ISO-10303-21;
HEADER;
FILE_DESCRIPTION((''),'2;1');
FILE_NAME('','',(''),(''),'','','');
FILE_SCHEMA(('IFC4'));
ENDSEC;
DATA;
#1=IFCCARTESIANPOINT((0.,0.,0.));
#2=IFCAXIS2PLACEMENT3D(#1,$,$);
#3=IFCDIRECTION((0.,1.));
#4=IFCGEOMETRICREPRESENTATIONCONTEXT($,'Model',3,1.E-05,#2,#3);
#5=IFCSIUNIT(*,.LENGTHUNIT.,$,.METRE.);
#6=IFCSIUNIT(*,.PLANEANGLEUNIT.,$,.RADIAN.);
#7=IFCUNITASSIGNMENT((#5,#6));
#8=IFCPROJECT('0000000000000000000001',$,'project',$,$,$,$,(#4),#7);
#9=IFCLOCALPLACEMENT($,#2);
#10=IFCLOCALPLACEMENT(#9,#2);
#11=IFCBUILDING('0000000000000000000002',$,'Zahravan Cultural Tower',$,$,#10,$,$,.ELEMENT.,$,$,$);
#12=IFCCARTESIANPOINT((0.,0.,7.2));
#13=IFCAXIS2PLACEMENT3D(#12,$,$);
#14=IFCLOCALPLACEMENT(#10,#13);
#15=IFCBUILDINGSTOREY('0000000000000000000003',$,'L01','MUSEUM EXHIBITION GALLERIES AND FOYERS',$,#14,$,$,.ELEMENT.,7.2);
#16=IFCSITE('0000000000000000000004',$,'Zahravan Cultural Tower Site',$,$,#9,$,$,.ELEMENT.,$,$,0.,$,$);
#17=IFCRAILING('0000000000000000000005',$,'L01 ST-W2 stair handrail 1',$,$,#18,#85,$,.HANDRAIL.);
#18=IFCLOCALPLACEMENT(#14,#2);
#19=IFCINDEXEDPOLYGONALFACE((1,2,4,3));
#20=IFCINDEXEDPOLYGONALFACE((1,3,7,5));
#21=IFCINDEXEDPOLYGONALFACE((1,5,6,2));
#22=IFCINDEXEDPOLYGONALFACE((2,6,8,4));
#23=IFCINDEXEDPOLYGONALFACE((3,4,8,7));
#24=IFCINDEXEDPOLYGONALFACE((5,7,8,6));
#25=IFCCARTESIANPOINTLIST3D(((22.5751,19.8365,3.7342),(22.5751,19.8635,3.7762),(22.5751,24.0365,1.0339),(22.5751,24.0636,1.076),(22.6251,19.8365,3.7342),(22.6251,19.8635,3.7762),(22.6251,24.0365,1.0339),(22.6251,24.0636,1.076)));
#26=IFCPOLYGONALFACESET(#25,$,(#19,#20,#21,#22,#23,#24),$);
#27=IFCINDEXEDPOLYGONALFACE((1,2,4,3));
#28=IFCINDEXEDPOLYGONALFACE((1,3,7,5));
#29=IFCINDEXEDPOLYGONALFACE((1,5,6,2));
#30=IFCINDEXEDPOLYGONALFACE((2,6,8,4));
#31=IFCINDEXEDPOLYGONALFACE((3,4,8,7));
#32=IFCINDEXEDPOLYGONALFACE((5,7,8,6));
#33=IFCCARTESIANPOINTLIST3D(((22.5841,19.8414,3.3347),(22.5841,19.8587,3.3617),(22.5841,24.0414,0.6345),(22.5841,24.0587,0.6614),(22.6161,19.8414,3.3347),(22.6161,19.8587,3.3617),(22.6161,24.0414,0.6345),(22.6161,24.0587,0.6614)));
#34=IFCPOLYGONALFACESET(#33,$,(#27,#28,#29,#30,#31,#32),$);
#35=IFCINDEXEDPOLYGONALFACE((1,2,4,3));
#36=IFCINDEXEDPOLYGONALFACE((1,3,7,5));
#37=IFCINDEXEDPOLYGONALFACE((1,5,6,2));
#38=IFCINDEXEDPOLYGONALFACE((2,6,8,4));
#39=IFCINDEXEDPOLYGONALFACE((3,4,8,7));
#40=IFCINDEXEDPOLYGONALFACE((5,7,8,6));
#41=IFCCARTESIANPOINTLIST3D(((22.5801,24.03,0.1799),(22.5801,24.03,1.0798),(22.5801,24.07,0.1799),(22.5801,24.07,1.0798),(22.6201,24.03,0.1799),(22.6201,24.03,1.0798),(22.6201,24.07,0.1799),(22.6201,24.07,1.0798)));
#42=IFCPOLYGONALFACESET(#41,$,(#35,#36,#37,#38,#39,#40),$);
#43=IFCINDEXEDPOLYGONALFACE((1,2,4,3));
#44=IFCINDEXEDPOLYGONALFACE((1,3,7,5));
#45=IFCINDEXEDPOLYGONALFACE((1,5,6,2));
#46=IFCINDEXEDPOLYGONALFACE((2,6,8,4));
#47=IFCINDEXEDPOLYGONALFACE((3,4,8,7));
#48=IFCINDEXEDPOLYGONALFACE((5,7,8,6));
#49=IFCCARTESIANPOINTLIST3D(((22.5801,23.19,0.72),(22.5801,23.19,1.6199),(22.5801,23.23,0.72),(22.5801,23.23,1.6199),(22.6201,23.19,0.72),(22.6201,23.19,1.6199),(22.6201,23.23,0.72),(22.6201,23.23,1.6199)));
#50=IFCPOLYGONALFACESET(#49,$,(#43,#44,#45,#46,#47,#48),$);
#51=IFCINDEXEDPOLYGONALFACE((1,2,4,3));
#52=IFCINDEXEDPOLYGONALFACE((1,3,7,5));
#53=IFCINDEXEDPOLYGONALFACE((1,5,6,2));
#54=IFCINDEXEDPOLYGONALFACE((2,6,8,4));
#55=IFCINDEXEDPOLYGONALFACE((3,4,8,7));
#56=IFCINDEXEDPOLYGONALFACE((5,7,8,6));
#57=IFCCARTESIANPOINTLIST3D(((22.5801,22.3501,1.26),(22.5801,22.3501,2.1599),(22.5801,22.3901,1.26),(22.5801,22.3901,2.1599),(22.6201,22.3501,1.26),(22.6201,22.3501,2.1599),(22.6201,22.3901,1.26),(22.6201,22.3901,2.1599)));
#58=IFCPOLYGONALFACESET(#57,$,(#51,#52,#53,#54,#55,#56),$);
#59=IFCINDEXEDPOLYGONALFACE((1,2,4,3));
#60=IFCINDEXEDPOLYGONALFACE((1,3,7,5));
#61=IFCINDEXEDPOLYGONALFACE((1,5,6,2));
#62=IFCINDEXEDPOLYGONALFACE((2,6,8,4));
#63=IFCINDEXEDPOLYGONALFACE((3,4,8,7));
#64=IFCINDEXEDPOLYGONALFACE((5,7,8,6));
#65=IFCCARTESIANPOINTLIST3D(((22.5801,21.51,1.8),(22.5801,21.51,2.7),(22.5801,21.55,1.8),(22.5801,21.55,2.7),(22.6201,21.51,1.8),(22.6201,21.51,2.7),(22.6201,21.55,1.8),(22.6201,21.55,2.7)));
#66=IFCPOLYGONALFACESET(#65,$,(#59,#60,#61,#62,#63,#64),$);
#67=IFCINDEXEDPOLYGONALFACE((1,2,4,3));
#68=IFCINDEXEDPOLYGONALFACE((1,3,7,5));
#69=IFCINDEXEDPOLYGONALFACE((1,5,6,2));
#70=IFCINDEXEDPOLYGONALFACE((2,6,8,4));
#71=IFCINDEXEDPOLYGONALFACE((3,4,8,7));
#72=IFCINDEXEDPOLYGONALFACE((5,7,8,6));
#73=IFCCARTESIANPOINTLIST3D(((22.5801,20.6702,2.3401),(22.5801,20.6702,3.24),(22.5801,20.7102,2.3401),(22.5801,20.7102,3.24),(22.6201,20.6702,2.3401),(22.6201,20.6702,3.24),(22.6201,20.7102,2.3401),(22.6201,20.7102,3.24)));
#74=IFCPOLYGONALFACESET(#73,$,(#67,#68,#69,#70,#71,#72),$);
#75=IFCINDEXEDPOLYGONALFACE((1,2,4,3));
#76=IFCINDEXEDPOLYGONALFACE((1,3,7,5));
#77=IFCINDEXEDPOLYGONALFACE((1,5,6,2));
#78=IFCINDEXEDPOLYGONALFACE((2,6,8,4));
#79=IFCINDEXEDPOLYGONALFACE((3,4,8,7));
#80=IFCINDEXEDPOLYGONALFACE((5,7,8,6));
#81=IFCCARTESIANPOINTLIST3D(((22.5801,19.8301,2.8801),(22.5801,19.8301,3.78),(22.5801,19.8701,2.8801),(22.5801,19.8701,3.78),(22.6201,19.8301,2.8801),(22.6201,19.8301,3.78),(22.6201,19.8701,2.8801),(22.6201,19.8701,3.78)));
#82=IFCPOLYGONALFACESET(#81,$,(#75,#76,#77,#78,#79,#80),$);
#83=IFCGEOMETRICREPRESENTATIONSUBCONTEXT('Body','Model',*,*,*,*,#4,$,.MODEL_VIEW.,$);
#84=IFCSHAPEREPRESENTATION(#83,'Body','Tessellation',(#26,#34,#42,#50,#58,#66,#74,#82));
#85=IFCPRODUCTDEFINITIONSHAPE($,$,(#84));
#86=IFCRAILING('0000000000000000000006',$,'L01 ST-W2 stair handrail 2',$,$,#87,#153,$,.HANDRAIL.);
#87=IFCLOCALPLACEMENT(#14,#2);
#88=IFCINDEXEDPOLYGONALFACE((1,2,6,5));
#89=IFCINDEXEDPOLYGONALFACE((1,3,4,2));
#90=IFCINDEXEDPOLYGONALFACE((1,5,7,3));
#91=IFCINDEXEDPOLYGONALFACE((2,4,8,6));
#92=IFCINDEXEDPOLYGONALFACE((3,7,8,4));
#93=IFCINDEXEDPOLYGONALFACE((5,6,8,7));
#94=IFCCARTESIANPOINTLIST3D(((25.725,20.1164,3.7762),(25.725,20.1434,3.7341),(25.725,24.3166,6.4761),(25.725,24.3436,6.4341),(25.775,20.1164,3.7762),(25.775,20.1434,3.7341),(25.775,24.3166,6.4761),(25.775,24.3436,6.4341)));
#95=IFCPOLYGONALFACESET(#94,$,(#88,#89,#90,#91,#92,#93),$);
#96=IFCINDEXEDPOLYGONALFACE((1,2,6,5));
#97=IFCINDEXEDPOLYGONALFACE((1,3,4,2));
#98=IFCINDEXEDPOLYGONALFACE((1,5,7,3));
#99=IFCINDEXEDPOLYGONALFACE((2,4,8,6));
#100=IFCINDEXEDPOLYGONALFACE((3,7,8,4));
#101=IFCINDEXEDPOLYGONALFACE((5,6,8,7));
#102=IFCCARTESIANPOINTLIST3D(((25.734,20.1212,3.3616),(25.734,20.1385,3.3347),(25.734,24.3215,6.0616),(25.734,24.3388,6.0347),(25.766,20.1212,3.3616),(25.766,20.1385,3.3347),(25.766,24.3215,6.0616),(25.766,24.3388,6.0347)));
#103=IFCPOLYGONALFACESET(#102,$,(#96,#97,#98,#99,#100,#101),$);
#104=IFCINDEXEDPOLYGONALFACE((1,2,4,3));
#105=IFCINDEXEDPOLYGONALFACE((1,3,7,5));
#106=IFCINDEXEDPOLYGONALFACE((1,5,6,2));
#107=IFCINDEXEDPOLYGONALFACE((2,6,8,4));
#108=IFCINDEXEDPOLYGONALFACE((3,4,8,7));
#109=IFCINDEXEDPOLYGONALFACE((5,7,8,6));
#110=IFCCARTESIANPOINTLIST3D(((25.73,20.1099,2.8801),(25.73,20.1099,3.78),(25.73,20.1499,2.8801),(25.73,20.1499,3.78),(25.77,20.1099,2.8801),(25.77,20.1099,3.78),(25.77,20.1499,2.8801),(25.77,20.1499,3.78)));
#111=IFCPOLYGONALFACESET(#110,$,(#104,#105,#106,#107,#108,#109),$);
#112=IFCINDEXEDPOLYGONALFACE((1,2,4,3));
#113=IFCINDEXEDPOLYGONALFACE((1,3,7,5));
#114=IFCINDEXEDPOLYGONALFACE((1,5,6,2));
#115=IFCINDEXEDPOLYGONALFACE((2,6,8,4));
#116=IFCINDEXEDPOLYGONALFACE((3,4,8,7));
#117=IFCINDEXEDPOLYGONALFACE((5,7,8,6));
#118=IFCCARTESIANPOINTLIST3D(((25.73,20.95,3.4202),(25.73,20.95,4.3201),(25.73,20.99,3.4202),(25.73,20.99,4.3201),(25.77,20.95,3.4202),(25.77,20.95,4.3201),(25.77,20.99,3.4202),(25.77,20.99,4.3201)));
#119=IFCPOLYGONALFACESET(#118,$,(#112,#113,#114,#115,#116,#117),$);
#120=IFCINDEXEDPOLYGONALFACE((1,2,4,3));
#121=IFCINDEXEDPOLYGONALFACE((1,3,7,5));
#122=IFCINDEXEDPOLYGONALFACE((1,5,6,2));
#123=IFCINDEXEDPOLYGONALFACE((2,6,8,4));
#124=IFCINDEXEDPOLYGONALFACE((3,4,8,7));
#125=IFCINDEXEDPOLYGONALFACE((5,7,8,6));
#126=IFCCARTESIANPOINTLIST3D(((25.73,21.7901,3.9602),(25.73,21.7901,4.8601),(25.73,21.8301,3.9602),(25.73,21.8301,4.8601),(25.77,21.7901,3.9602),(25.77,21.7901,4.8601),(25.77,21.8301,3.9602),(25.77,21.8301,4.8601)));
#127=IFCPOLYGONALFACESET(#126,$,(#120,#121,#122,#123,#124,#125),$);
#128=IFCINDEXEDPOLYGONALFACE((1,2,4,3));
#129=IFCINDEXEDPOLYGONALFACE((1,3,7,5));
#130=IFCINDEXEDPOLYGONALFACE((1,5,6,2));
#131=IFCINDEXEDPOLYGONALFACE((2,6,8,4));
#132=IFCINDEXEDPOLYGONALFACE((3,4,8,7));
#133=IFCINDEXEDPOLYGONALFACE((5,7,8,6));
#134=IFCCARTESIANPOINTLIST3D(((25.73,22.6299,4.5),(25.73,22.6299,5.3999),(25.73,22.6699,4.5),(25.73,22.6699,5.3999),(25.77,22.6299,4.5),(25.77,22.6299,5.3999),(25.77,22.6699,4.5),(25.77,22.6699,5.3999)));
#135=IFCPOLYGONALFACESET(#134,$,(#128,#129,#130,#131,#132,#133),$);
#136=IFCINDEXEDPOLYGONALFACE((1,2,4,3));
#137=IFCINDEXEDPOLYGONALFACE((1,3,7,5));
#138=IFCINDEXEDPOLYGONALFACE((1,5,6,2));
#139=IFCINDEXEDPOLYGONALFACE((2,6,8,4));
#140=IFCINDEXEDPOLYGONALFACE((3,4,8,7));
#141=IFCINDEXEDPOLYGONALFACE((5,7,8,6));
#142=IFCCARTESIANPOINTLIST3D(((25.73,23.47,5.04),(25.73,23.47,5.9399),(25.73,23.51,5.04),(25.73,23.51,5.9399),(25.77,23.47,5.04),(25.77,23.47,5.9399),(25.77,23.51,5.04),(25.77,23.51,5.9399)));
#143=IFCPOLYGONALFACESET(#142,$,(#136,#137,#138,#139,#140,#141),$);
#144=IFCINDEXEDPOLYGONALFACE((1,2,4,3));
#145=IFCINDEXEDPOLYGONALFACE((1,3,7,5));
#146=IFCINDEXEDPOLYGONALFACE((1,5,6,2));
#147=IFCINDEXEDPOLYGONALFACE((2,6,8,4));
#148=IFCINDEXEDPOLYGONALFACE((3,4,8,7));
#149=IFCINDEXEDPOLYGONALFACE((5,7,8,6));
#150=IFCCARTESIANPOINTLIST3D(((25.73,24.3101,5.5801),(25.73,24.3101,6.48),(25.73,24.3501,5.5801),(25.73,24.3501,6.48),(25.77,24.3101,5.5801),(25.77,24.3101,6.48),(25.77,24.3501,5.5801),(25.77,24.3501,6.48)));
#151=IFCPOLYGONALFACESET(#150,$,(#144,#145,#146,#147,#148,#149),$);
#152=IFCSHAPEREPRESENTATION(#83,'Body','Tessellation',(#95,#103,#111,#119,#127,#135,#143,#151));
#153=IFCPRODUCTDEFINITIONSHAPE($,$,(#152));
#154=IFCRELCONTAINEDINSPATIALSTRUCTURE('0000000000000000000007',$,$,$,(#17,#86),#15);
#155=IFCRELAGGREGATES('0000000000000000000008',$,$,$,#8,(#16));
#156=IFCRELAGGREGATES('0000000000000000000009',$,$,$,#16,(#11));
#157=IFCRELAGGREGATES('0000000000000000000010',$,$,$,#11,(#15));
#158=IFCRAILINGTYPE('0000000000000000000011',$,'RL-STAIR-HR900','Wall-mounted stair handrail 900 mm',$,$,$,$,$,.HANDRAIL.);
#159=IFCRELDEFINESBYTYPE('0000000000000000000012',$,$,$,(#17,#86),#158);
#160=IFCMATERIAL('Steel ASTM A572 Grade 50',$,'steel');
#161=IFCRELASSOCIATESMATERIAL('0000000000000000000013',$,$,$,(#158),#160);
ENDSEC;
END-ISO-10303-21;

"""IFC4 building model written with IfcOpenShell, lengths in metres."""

from ifc_helpers import new_model, si_unit, direction, frame, origin, origin_2d, place, context, subcontext, project, spatial, rectangle, extrude, material, type_object, element, save


model = new_model("IFC4")

# Units and contexts
model_context = context("Model", 3, precision=1e-05, world=origin(), true_north=direction((0.0, 1.0)))
body_context = subcontext(model_context, "Body", "Model", "MODEL_VIEW")
ifc_project = project(units=[si_unit("LENGTHUNIT", "METRE"), si_unit("PLANEANGLEUNIT", "RADIAN")], contexts=[model_context])

# Site, building, storey
site_placement = place(None, origin())
site = spatial("IfcSite", under=ifc_project, at=site_placement, Name="Zahravan Cultural Tower Site", CompositionType="ELEMENT", RefElevation=0.0)
building_placement = place(site_placement, origin())
building = spatial("IfcBuilding", under=site, at=building_placement, Name="Zahravan Cultural Tower", CompositionType="ELEMENT")
storey_placement = place(building_placement, frame((0.0, 0.0, 7.2)))
storey = spatial("IfcBuildingStorey", under=building, at=storey_placement, Name="L01", Description="MUSEUM EXHIBITION GALLERIES AND FOYERS", CompositionType="ELEMENT", Elevation=7.2)

# Shared definitions
ifc_material_1 = material(Name="Steel ASTM A572 Grade 50", Category="steel")

# Railings
railing_type_1 = type_object("IfcRailingType", Name="RL-STAIR-HR900", Description="Wall-mounted stair handrail 900 mm", PredefinedType="HANDRAIL", material=ifc_material_1)
railing_1_placement = place(storey_placement, frame((22.6001, 24.05, 0.1799)))
element("IfcRailing", 1, at=railing_1_placement, inside=storey, type_object=railing_type_1, Name="L01 ST-W2 stair handrail 1", PredefinedType="HANDRAIL", context=body_context, shape_type="SweptSolid", body=[
    extrude(rectangle(XDim=0.05, YDim=0.05, at=origin_2d()), frame((0.0, 0.0, 0.875), z_axis=(0.0, -0.841158, 0.54079), x_axis=(1.0, 0.0, 0.0)), (0.0, 0.0, 1.0), 4.9932),
    extrude(rectangle(XDim=0.032, YDim=0.032, at=origin_2d()), frame((0.0, 0.0, 0.468), z_axis=(0.0, -0.841158, 0.54079), x_axis=(1.0, 0.0, 0.0)), (0.0, 0.0, 1.0), 4.9932),
    extrude(rectangle(XDim=0.04, YDim=0.04, at=origin_2d()), origin(), (0.0, 0.0, 1.0), 0.8999),
    extrude(rectangle(XDim=0.04, YDim=0.04, at=origin_2d()), frame((0.0, -0.8401, 0.54)), (0.0, 0.0, 1.0), 0.8999),
    extrude(rectangle(XDim=0.04, YDim=0.04, at=origin_2d()), frame((0.0, -1.6799, 1.0801)), (0.0, 0.0, 1.0), 0.8999),
    extrude(rectangle(XDim=0.04, YDim=0.04, at=origin_2d()), frame((0.0, -2.52, 1.6201)), (0.0, 0.0, 1.0), 0.8999),
    extrude(rectangle(XDim=0.04, YDim=0.04, at=origin_2d()), frame((0.0, -3.3599, 2.1602)), (0.0, 0.0, 1.0), 0.8999),
    extrude(rectangle(XDim=0.04, YDim=0.04, at=origin_2d()), frame((0.0, -4.2, 2.7002)), (0.0, 0.0, 1.0), 0.8999),
])
railing_2_placement = place(storey_placement, frame((25.75, 20.1299, 2.8801)))
element("IfcRailing", 2, at=railing_2_placement, inside=storey, type_object=railing_type_1, Name="L01 ST-W2 stair handrail 2", PredefinedType="HANDRAIL", context=body_context, shape_type="SweptSolid", body=[
    extrude(rectangle(XDim=0.05, YDim=0.05, at=origin_2d()), frame((0.0, 0.0, 0.875), z_axis=(0.0, 0.841194, 0.540733), x_axis=(-1.0, 0.0, 0.0)), (0.0, 0.0, 1.0), 4.9932),
    extrude(rectangle(XDim=0.032, YDim=0.032, at=origin_2d()), frame((0.0, 0.0, 0.468), z_axis=(0.0, 0.841194, 0.540733), x_axis=(-1.0, 0.0, 0.0)), (0.0, 0.0, 1.0), 4.9932),
    extrude(rectangle(XDim=0.04, YDim=0.04, at=origin_2d()), origin(), (0.0, 0.0, 1.0), 0.8999),
    extrude(rectangle(XDim=0.04, YDim=0.04, at=origin_2d()), frame((0.0, 0.8401, 0.54)), (0.0, 0.0, 1.0), 0.8999),
    extrude(rectangle(XDim=0.04, YDim=0.04, at=origin_2d()), frame((0.0, 1.6802, 1.0801)), (0.0, 0.0, 1.0), 0.8999),
    extrude(rectangle(XDim=0.04, YDim=0.04, at=origin_2d()), frame((0.0, 2.52, 1.6199)), (0.0, 0.0, 1.0), 0.8999),
    extrude(rectangle(XDim=0.04, YDim=0.04, at=origin_2d()), frame((0.0, 3.3601, 2.1599)), (0.0, 0.0, 1.0), 0.8999),
    extrude(rectangle(XDim=0.04, YDim=0.04, at=origin_2d()), frame((0.0, 4.2002, 2.7)), (0.0, 0.0, 1.0), 0.8999),
])

save(model, "model.ifc")
